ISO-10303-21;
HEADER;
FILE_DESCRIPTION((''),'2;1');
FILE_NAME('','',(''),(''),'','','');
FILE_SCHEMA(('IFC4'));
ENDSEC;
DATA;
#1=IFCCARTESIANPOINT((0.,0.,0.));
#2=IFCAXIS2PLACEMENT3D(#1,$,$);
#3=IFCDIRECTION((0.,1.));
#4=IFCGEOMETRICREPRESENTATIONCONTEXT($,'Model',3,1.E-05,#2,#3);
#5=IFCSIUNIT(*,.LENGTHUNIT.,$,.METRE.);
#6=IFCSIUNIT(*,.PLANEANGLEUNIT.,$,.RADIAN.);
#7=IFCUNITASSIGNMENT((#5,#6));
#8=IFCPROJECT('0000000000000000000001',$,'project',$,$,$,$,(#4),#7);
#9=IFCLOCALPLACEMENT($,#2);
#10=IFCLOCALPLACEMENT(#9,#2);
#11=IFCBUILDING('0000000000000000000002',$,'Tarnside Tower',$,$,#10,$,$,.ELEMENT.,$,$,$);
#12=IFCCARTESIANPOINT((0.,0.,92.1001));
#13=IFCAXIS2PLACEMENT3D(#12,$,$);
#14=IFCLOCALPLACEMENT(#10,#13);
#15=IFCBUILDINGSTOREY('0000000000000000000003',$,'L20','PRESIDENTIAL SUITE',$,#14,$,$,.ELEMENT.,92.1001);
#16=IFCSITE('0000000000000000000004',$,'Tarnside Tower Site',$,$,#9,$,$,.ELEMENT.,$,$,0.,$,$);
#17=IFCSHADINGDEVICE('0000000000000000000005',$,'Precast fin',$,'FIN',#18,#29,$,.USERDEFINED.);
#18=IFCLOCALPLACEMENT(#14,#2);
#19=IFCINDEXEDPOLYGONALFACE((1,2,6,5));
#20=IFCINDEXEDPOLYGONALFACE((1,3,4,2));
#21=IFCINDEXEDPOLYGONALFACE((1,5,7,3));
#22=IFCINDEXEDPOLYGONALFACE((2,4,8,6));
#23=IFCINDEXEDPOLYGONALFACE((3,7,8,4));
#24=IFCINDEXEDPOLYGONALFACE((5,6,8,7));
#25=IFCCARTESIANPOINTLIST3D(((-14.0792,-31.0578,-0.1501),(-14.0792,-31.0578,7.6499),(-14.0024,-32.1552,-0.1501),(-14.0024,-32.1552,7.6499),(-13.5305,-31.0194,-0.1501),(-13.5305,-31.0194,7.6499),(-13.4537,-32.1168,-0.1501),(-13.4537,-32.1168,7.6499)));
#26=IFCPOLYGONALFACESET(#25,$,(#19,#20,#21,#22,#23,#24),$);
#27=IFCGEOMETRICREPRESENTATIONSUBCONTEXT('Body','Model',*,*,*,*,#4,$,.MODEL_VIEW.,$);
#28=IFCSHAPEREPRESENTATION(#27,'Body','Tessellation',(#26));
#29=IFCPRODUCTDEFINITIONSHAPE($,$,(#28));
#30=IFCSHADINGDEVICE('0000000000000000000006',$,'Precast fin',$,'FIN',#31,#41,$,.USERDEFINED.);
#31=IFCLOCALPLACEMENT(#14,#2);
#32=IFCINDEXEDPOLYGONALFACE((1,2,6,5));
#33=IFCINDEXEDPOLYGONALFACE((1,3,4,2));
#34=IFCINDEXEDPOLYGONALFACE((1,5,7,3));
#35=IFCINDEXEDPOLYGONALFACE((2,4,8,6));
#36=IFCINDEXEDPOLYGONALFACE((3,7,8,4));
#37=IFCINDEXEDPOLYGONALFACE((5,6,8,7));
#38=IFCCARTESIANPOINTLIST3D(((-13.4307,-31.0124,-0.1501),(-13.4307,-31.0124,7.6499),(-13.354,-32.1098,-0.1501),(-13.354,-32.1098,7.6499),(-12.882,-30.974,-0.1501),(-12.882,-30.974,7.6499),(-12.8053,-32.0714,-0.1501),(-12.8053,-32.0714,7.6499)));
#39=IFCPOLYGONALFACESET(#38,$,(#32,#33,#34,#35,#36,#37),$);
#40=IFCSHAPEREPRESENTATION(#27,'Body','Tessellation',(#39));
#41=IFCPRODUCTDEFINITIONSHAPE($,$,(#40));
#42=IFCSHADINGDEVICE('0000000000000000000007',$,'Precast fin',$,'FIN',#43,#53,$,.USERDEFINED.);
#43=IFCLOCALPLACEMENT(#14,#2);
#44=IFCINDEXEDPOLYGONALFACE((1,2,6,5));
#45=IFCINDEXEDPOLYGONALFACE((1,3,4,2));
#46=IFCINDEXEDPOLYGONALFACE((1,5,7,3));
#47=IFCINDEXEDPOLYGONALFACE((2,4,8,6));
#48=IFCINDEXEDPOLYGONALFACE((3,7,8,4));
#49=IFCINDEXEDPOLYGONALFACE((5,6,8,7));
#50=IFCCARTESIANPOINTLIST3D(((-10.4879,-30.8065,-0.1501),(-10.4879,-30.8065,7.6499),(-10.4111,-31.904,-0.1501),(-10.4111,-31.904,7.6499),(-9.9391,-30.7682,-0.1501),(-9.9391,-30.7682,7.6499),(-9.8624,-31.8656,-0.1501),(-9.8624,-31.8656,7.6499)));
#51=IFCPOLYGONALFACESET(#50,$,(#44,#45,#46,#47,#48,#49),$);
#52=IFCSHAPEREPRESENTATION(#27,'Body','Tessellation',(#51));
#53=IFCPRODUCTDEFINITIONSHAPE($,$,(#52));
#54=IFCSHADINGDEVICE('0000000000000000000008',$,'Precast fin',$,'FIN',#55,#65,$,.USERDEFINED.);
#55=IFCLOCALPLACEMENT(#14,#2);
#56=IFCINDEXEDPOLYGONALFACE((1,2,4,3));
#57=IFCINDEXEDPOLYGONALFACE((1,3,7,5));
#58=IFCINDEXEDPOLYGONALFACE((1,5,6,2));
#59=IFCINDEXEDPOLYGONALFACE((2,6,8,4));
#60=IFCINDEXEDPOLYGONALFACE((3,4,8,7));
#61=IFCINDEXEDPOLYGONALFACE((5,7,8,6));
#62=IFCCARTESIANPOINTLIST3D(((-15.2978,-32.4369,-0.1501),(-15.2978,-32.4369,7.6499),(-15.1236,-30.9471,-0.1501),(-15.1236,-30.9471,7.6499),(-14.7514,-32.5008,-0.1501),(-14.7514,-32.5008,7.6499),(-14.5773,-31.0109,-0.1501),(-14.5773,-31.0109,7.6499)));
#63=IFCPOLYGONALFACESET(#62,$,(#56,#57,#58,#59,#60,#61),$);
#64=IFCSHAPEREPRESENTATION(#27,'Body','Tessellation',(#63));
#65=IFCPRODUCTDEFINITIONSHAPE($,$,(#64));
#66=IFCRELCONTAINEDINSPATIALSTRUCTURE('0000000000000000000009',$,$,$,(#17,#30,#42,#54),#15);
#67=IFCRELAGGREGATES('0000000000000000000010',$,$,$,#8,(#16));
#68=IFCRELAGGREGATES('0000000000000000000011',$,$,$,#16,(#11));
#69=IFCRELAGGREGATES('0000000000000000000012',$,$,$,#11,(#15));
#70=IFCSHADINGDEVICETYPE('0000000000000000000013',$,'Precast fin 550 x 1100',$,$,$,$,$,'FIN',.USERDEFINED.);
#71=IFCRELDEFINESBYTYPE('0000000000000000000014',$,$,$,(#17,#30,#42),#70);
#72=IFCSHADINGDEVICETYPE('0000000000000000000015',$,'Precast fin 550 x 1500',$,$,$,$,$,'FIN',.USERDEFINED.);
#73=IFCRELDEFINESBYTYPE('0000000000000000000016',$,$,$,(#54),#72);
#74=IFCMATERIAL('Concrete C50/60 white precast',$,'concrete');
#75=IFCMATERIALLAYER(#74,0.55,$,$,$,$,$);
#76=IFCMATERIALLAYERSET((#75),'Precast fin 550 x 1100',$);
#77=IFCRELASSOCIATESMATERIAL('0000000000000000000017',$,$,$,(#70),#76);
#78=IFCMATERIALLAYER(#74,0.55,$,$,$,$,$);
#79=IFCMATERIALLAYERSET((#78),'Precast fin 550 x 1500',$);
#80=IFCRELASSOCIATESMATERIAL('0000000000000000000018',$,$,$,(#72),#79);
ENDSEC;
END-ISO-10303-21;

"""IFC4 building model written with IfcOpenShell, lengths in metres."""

from ifc_helpers import new_model, si_unit, direction, frame, origin, place, context, subcontext, project, spatial, polyline, outline, extrude, material, layer, layer_set, type_object, element, save


model = new_model("IFC4")

# Units and contexts
model_context = context("Model", 3, precision=1e-05, world=origin(), true_north=direction((0.0, 1.0)))
body_context = subcontext(model_context, "Body", "Model", "MODEL_VIEW")
ifc_project = project(units=[si_unit("LENGTHUNIT", "METRE"), si_unit("PLANEANGLEUNIT", "RADIAN")], contexts=[model_context])

# Site, building, storey
site_placement = place(None, origin())
site = spatial("IfcSite", under=ifc_project, at=site_placement, Name="Tarnside Tower Site", CompositionType="ELEMENT", RefElevation=0.0)
building_placement = place(site_placement, origin())
building = spatial("IfcBuilding", under=site, at=building_placement, Name="Tarnside Tower", CompositionType="ELEMENT")
storey_placement = place(building_placement, frame((0.0, 0.0, 92.1001)))
storey = spatial("IfcBuildingStorey", under=building, at=storey_placement, Name="L20", Description="PRESIDENTIAL SUITE", CompositionType="ELEMENT", Elevation=92.1001)

# Shading devices
ifc_material_1 = material(Name="Concrete C50/60 white precast", Category="concrete")
ifc_layer_1 = layer(ifc_material_1, 0.55)
ifc_layer_set_1 = layer_set([ifc_layer_1], Name="Precast fin 550 x 1100")
shading_device_type_1 = type_object("IfcShadingDeviceType", Name="Precast fin 550 x 1100", ElementType="FIN", PredefinedType="USERDEFINED", material=ifc_layer_set_1)
for number, where, z_axis, x_axis, name in (
    (1, (-13.8047, -31.0386, -0.1501), (-0.997564, -0.069756, 0.0), (0.069756, -0.997564, 0.0), "Precast fin"),
    (2, (-13.1562, -30.9932, -0.1501), (-0.997564, -0.069756, 0.0), (0.069756, -0.997564, 0.0), "Precast fin"),
    (3, (-10.2134, -30.7874, -0.1501), (-0.997564, -0.069756, 0.0), (0.069756, -0.997564, 0.0), "Precast fin"),
):
    element("IfcShadingDevice", number, at=place(storey_placement, frame(where, z_axis=z_axis, x_axis=x_axis)), inside=storey, type_object=shading_device_type_1, Name=name, ObjectType="FIN", PredefinedType="USERDEFINED", context=body_context, shape_type="SweptSolid", body=[
        extrude(outline(polyline([(0.0, 0.0), (1.1001, 0.0), (1.1001, 7.8), (0.0, 7.8), (0.0, 0.0)])), frame((0.0, 0.0, -0.2749)), (0.0, 0.0, 1.0), 0.55),
    ])
ifc_layer_2 = layer(ifc_material_1, 0.55)
ifc_layer_set_2 = layer_set([ifc_layer_2], Name="Precast fin 550 x 1500")
shading_device_type_2 = type_object("IfcShadingDeviceType", Name="Precast fin 550 x 1500", ElementType="FIN", PredefinedType="USERDEFINED", material=ifc_layer_set_2)
shading_device_placement = place(storey_placement, frame((-14.8503, -30.979, -0.1501), z_axis=(-0.993238, 0.116093, 0.0), x_axis=(-0.116093, -0.993238, 0.0)))
element("IfcShadingDevice", 4, at=shading_device_placement, inside=storey, type_object=shading_device_type_2, Name="Precast fin", ObjectType="FIN", PredefinedType="USERDEFINED", context=body_context, shape_type="SweptSolid", body=[
    extrude(outline(polyline([(0.0, 0.0), (1.5, 0.0), (1.5, 7.8), (0.0, 7.8), (0.0, 0.0)])), frame((0.0, 0.0, -0.2749)), (0.0, 0.0, 1.0), 0.55),
])

save(model, "model.ifc")
